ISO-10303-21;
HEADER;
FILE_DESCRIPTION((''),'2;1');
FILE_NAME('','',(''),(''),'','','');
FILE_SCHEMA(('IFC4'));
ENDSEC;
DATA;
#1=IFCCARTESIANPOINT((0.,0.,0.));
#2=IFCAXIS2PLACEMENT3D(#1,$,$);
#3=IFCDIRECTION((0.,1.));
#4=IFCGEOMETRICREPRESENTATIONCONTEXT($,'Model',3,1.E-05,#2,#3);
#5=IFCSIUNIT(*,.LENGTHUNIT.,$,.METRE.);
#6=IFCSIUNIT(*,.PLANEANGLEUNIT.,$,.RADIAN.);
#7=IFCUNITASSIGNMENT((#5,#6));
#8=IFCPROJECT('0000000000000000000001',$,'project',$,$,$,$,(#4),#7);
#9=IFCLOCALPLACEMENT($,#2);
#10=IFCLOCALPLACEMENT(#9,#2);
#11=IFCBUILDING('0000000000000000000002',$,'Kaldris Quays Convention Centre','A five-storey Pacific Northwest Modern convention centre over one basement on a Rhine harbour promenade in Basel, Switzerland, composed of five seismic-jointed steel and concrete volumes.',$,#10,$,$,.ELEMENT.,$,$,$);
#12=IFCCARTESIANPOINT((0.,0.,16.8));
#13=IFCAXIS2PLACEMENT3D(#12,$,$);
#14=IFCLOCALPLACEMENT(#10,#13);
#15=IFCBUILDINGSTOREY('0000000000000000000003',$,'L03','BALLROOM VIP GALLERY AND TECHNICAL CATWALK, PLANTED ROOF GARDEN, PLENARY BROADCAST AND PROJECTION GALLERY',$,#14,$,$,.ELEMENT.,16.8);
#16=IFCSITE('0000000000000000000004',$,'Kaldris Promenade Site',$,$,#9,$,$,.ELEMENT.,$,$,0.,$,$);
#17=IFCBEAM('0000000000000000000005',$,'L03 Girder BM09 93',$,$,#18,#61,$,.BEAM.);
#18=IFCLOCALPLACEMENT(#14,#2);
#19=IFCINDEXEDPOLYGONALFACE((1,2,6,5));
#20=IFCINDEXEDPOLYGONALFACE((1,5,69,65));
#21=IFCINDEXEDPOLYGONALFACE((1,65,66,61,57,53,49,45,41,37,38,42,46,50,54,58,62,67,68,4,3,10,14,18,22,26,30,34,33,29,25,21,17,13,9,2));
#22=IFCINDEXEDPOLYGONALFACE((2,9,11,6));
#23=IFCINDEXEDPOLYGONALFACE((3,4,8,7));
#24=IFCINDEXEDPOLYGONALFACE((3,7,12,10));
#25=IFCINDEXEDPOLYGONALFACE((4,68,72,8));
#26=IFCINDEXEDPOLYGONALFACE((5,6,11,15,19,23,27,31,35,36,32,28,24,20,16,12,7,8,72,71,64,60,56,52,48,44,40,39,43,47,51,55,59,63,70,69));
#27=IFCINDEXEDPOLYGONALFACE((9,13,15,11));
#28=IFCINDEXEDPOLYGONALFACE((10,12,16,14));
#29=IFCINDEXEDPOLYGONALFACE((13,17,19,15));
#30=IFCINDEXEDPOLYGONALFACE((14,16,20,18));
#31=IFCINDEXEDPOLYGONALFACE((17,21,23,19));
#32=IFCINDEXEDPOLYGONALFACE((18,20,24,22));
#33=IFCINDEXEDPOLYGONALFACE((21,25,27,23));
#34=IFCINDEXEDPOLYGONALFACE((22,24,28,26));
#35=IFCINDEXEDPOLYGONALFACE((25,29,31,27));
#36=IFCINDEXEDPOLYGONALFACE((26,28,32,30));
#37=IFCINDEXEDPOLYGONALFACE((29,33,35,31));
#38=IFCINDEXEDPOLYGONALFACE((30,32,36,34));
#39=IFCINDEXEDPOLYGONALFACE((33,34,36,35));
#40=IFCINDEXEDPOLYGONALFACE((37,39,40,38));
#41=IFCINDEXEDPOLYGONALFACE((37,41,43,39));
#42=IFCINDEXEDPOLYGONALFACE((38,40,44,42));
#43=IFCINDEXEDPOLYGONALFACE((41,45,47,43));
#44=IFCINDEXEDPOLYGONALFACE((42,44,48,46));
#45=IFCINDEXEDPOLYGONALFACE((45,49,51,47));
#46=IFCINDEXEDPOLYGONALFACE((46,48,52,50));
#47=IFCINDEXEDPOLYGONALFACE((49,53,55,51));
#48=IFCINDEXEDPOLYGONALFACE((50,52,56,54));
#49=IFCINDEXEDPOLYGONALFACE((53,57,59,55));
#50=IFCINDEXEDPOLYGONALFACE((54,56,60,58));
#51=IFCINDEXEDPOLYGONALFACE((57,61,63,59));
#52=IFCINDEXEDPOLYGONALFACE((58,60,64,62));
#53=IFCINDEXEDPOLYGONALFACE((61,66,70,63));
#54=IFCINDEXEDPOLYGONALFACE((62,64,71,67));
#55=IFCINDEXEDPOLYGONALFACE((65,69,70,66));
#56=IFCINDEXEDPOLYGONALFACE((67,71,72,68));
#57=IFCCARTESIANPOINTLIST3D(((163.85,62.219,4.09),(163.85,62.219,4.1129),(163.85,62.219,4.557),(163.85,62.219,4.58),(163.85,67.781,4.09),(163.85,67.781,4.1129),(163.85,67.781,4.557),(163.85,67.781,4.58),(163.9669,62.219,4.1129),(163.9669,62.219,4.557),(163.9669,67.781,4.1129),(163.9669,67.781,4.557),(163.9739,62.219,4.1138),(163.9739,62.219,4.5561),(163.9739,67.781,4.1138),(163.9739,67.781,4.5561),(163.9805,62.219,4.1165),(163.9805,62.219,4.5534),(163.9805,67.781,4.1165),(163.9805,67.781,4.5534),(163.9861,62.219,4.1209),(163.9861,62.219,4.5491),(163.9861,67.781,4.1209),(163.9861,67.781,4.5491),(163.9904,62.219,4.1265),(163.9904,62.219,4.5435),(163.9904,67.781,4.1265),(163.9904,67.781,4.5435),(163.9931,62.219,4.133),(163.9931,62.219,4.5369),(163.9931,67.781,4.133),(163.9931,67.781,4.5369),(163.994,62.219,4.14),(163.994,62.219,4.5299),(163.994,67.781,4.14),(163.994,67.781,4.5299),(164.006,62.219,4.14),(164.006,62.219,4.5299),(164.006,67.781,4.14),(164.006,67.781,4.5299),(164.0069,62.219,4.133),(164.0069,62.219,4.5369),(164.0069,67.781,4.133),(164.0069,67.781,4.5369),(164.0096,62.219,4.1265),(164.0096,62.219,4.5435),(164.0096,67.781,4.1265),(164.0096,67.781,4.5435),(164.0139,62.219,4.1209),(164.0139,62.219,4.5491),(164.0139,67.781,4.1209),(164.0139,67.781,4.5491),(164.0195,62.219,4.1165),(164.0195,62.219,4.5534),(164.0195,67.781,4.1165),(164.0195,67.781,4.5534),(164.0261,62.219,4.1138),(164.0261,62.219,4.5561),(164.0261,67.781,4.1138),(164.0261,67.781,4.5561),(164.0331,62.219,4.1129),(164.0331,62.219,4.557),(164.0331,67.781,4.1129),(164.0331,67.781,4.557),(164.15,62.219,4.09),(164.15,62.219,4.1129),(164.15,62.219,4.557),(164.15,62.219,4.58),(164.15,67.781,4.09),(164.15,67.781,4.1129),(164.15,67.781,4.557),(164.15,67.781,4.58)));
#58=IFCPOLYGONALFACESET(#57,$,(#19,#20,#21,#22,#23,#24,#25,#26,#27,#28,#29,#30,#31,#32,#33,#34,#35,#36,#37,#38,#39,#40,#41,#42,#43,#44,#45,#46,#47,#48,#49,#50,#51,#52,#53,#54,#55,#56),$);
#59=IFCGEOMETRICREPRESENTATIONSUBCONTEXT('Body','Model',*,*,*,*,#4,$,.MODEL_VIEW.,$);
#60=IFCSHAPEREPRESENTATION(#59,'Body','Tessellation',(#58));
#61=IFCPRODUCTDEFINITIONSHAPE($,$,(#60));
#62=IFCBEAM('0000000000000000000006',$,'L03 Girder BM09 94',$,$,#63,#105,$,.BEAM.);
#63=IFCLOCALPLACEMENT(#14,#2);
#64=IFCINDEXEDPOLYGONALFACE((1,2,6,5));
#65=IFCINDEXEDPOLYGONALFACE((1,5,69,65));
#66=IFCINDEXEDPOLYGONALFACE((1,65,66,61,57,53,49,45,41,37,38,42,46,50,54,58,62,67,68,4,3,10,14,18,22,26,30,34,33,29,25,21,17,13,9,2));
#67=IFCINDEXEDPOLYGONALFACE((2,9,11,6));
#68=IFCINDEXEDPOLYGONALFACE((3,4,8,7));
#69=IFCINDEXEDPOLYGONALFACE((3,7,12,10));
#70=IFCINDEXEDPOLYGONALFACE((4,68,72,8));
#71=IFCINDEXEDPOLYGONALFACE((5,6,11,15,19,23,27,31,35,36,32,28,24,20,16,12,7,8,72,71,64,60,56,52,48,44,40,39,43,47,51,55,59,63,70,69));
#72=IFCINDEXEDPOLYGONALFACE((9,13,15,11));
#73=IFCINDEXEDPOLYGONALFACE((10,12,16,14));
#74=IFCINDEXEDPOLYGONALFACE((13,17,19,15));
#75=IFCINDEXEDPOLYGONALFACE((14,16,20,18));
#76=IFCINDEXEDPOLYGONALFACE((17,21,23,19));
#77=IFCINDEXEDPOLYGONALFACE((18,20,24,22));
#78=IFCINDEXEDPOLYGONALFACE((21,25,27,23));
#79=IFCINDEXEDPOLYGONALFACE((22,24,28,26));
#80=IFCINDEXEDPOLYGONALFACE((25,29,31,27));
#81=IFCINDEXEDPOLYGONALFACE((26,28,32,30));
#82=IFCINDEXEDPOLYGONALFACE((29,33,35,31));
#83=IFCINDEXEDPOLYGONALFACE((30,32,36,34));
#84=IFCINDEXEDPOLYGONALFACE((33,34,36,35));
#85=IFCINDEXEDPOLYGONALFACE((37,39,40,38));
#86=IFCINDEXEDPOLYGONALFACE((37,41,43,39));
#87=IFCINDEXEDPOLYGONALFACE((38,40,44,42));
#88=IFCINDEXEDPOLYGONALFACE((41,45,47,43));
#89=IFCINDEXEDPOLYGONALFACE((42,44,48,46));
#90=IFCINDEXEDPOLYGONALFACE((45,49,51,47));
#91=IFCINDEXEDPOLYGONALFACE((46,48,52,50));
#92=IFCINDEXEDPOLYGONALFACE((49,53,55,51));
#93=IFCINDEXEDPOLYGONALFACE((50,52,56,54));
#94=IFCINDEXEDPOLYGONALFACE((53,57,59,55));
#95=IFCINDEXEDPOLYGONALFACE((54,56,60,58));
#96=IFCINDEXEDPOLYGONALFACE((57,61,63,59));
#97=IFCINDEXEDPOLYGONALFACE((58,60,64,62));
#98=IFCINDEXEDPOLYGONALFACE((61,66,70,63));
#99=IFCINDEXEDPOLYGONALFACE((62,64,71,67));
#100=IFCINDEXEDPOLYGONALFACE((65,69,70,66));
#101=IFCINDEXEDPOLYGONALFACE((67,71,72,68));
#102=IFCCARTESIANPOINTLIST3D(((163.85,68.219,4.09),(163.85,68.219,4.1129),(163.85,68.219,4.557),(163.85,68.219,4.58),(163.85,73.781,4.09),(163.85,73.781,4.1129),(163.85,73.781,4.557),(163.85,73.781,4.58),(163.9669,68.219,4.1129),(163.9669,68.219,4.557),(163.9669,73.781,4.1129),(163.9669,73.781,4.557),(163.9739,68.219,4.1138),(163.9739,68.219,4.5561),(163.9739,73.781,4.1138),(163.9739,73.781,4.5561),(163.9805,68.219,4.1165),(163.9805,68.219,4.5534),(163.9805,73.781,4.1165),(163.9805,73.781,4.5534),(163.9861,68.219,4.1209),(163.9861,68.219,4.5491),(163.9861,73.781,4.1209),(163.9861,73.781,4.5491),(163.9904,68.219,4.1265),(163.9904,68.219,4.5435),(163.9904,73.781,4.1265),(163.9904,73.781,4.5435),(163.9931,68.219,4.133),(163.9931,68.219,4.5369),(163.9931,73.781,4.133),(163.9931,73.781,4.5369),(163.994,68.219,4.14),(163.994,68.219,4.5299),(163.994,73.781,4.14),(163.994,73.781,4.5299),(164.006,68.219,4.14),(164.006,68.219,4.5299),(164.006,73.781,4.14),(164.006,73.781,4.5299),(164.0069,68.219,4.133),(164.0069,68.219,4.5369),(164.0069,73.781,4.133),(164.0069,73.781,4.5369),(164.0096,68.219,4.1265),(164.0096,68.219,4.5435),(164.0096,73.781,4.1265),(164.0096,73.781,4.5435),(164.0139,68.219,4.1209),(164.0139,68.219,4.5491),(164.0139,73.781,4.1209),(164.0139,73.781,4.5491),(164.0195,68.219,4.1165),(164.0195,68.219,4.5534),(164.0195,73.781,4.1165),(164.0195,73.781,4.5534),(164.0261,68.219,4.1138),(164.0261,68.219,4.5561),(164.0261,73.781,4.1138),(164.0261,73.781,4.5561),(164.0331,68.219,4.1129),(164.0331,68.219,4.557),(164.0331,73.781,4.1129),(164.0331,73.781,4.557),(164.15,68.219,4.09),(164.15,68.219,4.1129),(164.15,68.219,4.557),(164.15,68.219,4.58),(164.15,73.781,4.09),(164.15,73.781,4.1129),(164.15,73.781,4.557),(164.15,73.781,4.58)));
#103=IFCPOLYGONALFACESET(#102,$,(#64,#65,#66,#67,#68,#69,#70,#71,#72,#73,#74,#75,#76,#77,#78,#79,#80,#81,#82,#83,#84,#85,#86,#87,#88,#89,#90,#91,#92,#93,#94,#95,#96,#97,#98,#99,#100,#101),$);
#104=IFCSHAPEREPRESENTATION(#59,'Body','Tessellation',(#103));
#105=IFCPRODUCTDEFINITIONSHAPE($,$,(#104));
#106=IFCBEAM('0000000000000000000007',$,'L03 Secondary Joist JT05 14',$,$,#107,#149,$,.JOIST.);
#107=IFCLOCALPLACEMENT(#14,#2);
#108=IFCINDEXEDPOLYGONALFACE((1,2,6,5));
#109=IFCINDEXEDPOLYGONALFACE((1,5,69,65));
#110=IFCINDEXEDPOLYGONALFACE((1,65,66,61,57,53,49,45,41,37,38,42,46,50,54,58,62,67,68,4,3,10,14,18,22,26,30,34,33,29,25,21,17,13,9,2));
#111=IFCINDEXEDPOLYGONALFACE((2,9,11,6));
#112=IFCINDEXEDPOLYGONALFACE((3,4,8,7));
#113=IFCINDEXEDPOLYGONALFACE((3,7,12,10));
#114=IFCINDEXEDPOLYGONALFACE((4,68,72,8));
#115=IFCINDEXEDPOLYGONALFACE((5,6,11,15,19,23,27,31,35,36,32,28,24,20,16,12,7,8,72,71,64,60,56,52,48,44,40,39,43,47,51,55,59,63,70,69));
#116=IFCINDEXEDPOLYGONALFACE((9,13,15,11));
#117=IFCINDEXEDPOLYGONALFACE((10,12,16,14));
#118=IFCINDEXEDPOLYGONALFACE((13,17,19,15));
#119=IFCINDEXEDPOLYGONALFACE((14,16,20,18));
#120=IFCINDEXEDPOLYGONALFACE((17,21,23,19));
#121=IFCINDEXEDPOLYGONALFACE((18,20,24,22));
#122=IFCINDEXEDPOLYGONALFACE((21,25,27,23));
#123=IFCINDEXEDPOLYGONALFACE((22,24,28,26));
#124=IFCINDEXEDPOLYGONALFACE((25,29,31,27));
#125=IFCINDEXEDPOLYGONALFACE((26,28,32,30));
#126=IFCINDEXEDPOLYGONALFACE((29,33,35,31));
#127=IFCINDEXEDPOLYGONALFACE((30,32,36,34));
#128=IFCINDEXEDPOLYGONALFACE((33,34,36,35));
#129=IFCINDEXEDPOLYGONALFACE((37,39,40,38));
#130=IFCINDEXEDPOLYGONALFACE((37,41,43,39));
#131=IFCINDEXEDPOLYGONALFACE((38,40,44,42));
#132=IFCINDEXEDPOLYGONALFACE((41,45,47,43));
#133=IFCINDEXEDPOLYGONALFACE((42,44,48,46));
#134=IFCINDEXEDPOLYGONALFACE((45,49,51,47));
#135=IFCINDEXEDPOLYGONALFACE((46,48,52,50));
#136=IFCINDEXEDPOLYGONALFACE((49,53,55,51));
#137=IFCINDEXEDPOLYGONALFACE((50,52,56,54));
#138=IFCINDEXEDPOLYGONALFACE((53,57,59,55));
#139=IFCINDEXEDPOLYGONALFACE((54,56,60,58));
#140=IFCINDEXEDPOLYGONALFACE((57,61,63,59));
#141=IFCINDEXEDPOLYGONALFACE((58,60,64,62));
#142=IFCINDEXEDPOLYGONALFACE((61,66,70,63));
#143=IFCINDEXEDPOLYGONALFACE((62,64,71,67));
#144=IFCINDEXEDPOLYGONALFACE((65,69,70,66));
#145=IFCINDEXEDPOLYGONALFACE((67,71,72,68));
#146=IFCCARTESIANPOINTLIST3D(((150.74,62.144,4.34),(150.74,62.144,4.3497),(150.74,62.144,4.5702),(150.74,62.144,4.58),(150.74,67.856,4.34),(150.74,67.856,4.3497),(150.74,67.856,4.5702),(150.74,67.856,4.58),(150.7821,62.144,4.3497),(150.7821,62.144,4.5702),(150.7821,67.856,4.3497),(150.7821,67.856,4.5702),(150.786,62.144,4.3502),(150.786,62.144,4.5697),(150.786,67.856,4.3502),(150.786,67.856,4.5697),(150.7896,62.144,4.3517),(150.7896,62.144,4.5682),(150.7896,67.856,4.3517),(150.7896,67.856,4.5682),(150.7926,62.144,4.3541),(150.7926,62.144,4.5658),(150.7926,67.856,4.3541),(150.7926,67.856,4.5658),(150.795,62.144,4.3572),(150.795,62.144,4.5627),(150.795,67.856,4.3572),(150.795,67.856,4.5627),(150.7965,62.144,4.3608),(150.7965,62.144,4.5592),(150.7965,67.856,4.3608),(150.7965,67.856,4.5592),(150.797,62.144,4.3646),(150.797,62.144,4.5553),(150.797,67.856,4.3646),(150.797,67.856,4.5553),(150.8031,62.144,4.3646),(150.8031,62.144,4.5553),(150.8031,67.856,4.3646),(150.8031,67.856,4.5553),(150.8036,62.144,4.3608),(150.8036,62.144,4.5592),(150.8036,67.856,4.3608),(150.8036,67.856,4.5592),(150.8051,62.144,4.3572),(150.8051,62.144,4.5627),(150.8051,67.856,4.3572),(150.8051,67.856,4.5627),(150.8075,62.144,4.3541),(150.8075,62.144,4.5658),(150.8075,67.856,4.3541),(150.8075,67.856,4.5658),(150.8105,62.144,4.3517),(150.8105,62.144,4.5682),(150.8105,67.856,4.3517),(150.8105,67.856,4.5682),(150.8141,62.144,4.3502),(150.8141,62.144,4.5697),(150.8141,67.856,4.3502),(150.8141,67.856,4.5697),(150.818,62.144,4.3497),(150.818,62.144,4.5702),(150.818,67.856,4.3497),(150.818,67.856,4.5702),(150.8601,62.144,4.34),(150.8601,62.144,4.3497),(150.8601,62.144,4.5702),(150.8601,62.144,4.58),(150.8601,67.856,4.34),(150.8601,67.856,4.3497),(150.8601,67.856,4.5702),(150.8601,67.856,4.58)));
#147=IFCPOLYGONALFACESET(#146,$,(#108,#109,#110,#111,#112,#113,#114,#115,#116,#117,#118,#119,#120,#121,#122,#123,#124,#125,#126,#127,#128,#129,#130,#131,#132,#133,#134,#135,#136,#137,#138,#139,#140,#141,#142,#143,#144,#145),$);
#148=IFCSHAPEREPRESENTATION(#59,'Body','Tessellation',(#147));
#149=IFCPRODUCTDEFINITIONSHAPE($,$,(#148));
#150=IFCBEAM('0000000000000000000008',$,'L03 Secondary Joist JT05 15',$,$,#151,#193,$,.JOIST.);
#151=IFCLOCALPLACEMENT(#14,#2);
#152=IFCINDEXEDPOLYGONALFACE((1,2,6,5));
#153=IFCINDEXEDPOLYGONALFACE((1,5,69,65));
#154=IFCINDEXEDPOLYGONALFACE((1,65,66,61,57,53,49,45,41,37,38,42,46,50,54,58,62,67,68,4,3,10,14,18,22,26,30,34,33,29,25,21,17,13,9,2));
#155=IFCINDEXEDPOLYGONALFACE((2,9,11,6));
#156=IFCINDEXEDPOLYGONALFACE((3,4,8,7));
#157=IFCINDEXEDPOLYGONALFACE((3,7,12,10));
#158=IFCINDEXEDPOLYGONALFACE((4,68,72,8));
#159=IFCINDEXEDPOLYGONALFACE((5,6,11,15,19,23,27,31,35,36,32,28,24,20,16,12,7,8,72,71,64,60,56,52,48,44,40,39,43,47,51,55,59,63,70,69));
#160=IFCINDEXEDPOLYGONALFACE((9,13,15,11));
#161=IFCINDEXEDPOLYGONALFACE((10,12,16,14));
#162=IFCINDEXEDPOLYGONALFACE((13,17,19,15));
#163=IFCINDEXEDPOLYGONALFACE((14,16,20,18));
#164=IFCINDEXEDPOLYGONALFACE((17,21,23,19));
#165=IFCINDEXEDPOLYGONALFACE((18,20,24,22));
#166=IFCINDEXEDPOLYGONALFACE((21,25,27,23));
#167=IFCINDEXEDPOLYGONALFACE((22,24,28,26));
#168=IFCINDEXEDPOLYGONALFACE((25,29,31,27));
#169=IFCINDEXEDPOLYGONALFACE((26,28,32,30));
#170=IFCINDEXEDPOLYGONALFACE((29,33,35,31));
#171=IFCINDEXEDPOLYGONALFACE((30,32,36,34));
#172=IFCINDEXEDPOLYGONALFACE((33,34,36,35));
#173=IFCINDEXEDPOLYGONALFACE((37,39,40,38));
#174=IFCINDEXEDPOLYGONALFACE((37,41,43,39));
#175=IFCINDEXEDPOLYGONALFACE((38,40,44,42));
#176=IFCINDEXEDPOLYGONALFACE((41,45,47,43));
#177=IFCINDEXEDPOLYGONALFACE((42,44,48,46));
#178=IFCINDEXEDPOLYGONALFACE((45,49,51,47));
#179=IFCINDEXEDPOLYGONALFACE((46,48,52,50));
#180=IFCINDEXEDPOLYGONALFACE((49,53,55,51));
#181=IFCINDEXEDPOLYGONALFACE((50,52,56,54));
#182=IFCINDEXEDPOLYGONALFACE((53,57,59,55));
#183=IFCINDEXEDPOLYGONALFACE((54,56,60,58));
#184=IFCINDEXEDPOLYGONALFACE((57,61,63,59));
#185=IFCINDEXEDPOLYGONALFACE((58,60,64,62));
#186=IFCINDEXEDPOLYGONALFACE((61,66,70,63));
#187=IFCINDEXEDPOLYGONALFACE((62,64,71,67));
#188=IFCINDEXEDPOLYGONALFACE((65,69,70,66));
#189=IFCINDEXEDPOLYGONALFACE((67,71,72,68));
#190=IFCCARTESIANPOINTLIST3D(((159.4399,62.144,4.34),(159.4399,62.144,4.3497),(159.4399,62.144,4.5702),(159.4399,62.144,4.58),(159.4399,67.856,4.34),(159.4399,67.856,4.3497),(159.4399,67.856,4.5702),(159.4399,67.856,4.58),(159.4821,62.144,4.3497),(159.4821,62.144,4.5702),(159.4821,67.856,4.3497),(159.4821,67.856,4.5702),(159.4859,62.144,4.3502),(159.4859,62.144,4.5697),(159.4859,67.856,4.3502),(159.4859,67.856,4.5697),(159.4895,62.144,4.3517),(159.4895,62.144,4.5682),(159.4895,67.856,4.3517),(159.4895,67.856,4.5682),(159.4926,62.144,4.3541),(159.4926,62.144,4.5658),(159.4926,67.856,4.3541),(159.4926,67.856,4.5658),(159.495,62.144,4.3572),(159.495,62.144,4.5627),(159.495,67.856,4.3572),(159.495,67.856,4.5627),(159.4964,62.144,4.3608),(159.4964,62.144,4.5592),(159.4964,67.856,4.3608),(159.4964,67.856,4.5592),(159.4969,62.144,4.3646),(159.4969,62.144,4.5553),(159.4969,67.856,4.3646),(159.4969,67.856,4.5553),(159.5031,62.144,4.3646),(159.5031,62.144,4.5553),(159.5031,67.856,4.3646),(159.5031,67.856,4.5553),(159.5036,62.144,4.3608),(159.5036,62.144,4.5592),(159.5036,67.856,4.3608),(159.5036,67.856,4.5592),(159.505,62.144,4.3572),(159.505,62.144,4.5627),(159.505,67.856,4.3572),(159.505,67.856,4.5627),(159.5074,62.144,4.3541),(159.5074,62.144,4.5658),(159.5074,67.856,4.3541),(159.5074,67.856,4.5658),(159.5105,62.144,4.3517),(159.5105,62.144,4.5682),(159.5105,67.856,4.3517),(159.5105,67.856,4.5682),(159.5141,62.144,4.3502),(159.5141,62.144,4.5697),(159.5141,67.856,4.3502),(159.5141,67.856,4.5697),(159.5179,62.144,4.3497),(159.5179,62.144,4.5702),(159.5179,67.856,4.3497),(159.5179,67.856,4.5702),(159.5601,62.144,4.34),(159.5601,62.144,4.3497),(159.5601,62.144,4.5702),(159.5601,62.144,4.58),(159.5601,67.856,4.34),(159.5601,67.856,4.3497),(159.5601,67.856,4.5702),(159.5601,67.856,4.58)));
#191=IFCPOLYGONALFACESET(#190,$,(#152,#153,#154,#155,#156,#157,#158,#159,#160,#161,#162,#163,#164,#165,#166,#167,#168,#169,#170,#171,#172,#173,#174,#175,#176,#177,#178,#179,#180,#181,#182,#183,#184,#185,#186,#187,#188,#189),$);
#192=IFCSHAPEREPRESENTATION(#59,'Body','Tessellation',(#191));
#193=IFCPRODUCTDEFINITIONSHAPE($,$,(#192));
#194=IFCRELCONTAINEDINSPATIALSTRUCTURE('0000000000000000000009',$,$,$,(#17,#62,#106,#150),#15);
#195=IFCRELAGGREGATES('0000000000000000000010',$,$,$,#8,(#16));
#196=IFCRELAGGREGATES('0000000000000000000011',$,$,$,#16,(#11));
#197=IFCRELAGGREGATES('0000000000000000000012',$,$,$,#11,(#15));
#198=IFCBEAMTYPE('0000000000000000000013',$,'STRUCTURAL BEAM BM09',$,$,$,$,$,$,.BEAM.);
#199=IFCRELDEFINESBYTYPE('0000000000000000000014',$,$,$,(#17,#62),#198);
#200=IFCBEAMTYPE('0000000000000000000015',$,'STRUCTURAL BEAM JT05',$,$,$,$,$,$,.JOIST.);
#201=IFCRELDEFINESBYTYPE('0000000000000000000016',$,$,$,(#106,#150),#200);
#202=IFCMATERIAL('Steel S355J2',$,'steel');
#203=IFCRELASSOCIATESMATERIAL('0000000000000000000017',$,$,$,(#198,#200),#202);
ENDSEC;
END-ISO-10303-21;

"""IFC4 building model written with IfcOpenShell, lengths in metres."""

from ifc_helpers import new_model, si_unit, direction, frame, origin, origin_2d, place, context, subcontext, project, spatial, i_section, extrude, material, material_profile, profile_set, type_object, element, save


model = new_model("IFC4")

# Units and contexts
model_context = context("Model", 3, precision=1e-05, world=origin(), true_north=direction((0.0, 1.0)))
body_context = subcontext(model_context, "Body", "Model", "MODEL_VIEW")
ifc_project = project(units=[si_unit("LENGTHUNIT", "METRE"), si_unit("PLANEANGLEUNIT", "RADIAN")], contexts=[model_context])

# Site, building, storey
site_placement = place(None, origin())
site = spatial("IfcSite", under=ifc_project, at=site_placement, Name="Kaldris Promenade Site", CompositionType="ELEMENT", RefElevation=0.0)
building_placement = place(site_placement, origin())
building = spatial("IfcBuilding", under=site, at=building_placement, Name="Kaldris Quays Convention Centre", Description="A five-storey Pacific Northwest Modern convention centre over one basement on a Rhine harbour promenade in Basel, Switzerland, composed of five seismic-jointed steel and concrete volumes.", CompositionType="ELEMENT")
storey_placement = place(building_placement, frame((0.0, 0.0, 16.8)))
storey = spatial("IfcBuildingStorey", under=building, at=storey_placement, Name="L03", Description="BALLROOM VIP GALLERY AND TECHNICAL CATWALK, PLANTED ROOF GARDEN, PLENARY BROADCAST AND PROJECTION GALLERY", CompositionType="ELEMENT", Elevation=16.8)

# Shared definitions
ifc_material_1 = material(Name="Steel S355J2", Category="steel")

# Beams
ifc_material_profile_1 = material_profile(ifc_material_1, i_section(OverallWidth=0.3, OverallDepth=0.49, WebThickness=0.012, FlangeThickness=0.0229, FilletRadius=0.0271, at=origin_2d()), Name="HEA 500")
ifc_profile_set_1 = profile_set([ifc_material_profile_1], Name="Steel S355J2")
beam_type_1 = type_object("IfcBeamType", Name="STRUCTURAL BEAM BM09", PredefinedType="BEAM", material=ifc_profile_set_1)
for number, where, z_axis, x_axis, name in (
    (1, (164.0, 62.219, 4.335), (0.0, 1.0, 0.0), (-1.0, 0.0, 0.0), "L03 Girder BM09 93"),
    (2, (164.0, 68.219, 4.335), (0.0, 1.0, 0.0), (-1.0, 0.0, 0.0), "L03 Girder BM09 94"),
):
    element("IfcBeam", number, at=place(storey_placement, frame(where, z_axis=z_axis, x_axis=x_axis)), inside=storey, type_object=beam_type_1, Name=name, PredefinedType="BEAM", context=body_context, shape_type="SweptSolid", body=[
        extrude(i_section(OverallWidth=0.3, OverallDepth=0.49, WebThickness=0.012, FlangeThickness=0.0229, FilletRadius=0.0271, at=origin_2d()), origin(), (0.0, 0.0, 1.0), 5.562),
    ])
ifc_material_profile_2 = material_profile(ifc_material_1, i_section(OverallWidth=0.1201, OverallDepth=0.24, WebThickness=0.0061, FlangeThickness=0.0098, FilletRadius=0.0149, at=origin_2d()), Name="IPE 240")
ifc_profile_set_2 = profile_set([ifc_material_profile_2], Name="Steel S355J2")
beam_type_2 = type_object("IfcBeamType", Name="STRUCTURAL BEAM JT05", PredefinedType="JOIST", material=ifc_profile_set_2)
for number, where, z_axis, x_axis, name in (
    (3, (150.8, 62.144, 4.46), (0.0, 1.0, 0.0), (-1.0, 0.0, 0.0), "L03 Secondary Joist JT05 14"),
    (4, (159.5, 62.144, 4.46), (0.0, 1.0, 0.0), (-1.0, 0.0, 0.0), "L03 Secondary Joist JT05 15"),
):
    element("IfcBeam", number, at=place(storey_placement, frame(where, z_axis=z_axis, x_axis=x_axis)), inside=storey, type_object=beam_type_2, Name=name, PredefinedType="JOIST", context=body_context, shape_type="SweptSolid", body=[
        extrude(i_section(OverallWidth=0.1201, OverallDepth=0.24, WebThickness=0.0061, FlangeThickness=0.0098, FilletRadius=0.0149, at=origin_2d()), origin(), (0.0, 0.0, 1.0), 5.7119),
    ])

save(model, "model.ifc")
